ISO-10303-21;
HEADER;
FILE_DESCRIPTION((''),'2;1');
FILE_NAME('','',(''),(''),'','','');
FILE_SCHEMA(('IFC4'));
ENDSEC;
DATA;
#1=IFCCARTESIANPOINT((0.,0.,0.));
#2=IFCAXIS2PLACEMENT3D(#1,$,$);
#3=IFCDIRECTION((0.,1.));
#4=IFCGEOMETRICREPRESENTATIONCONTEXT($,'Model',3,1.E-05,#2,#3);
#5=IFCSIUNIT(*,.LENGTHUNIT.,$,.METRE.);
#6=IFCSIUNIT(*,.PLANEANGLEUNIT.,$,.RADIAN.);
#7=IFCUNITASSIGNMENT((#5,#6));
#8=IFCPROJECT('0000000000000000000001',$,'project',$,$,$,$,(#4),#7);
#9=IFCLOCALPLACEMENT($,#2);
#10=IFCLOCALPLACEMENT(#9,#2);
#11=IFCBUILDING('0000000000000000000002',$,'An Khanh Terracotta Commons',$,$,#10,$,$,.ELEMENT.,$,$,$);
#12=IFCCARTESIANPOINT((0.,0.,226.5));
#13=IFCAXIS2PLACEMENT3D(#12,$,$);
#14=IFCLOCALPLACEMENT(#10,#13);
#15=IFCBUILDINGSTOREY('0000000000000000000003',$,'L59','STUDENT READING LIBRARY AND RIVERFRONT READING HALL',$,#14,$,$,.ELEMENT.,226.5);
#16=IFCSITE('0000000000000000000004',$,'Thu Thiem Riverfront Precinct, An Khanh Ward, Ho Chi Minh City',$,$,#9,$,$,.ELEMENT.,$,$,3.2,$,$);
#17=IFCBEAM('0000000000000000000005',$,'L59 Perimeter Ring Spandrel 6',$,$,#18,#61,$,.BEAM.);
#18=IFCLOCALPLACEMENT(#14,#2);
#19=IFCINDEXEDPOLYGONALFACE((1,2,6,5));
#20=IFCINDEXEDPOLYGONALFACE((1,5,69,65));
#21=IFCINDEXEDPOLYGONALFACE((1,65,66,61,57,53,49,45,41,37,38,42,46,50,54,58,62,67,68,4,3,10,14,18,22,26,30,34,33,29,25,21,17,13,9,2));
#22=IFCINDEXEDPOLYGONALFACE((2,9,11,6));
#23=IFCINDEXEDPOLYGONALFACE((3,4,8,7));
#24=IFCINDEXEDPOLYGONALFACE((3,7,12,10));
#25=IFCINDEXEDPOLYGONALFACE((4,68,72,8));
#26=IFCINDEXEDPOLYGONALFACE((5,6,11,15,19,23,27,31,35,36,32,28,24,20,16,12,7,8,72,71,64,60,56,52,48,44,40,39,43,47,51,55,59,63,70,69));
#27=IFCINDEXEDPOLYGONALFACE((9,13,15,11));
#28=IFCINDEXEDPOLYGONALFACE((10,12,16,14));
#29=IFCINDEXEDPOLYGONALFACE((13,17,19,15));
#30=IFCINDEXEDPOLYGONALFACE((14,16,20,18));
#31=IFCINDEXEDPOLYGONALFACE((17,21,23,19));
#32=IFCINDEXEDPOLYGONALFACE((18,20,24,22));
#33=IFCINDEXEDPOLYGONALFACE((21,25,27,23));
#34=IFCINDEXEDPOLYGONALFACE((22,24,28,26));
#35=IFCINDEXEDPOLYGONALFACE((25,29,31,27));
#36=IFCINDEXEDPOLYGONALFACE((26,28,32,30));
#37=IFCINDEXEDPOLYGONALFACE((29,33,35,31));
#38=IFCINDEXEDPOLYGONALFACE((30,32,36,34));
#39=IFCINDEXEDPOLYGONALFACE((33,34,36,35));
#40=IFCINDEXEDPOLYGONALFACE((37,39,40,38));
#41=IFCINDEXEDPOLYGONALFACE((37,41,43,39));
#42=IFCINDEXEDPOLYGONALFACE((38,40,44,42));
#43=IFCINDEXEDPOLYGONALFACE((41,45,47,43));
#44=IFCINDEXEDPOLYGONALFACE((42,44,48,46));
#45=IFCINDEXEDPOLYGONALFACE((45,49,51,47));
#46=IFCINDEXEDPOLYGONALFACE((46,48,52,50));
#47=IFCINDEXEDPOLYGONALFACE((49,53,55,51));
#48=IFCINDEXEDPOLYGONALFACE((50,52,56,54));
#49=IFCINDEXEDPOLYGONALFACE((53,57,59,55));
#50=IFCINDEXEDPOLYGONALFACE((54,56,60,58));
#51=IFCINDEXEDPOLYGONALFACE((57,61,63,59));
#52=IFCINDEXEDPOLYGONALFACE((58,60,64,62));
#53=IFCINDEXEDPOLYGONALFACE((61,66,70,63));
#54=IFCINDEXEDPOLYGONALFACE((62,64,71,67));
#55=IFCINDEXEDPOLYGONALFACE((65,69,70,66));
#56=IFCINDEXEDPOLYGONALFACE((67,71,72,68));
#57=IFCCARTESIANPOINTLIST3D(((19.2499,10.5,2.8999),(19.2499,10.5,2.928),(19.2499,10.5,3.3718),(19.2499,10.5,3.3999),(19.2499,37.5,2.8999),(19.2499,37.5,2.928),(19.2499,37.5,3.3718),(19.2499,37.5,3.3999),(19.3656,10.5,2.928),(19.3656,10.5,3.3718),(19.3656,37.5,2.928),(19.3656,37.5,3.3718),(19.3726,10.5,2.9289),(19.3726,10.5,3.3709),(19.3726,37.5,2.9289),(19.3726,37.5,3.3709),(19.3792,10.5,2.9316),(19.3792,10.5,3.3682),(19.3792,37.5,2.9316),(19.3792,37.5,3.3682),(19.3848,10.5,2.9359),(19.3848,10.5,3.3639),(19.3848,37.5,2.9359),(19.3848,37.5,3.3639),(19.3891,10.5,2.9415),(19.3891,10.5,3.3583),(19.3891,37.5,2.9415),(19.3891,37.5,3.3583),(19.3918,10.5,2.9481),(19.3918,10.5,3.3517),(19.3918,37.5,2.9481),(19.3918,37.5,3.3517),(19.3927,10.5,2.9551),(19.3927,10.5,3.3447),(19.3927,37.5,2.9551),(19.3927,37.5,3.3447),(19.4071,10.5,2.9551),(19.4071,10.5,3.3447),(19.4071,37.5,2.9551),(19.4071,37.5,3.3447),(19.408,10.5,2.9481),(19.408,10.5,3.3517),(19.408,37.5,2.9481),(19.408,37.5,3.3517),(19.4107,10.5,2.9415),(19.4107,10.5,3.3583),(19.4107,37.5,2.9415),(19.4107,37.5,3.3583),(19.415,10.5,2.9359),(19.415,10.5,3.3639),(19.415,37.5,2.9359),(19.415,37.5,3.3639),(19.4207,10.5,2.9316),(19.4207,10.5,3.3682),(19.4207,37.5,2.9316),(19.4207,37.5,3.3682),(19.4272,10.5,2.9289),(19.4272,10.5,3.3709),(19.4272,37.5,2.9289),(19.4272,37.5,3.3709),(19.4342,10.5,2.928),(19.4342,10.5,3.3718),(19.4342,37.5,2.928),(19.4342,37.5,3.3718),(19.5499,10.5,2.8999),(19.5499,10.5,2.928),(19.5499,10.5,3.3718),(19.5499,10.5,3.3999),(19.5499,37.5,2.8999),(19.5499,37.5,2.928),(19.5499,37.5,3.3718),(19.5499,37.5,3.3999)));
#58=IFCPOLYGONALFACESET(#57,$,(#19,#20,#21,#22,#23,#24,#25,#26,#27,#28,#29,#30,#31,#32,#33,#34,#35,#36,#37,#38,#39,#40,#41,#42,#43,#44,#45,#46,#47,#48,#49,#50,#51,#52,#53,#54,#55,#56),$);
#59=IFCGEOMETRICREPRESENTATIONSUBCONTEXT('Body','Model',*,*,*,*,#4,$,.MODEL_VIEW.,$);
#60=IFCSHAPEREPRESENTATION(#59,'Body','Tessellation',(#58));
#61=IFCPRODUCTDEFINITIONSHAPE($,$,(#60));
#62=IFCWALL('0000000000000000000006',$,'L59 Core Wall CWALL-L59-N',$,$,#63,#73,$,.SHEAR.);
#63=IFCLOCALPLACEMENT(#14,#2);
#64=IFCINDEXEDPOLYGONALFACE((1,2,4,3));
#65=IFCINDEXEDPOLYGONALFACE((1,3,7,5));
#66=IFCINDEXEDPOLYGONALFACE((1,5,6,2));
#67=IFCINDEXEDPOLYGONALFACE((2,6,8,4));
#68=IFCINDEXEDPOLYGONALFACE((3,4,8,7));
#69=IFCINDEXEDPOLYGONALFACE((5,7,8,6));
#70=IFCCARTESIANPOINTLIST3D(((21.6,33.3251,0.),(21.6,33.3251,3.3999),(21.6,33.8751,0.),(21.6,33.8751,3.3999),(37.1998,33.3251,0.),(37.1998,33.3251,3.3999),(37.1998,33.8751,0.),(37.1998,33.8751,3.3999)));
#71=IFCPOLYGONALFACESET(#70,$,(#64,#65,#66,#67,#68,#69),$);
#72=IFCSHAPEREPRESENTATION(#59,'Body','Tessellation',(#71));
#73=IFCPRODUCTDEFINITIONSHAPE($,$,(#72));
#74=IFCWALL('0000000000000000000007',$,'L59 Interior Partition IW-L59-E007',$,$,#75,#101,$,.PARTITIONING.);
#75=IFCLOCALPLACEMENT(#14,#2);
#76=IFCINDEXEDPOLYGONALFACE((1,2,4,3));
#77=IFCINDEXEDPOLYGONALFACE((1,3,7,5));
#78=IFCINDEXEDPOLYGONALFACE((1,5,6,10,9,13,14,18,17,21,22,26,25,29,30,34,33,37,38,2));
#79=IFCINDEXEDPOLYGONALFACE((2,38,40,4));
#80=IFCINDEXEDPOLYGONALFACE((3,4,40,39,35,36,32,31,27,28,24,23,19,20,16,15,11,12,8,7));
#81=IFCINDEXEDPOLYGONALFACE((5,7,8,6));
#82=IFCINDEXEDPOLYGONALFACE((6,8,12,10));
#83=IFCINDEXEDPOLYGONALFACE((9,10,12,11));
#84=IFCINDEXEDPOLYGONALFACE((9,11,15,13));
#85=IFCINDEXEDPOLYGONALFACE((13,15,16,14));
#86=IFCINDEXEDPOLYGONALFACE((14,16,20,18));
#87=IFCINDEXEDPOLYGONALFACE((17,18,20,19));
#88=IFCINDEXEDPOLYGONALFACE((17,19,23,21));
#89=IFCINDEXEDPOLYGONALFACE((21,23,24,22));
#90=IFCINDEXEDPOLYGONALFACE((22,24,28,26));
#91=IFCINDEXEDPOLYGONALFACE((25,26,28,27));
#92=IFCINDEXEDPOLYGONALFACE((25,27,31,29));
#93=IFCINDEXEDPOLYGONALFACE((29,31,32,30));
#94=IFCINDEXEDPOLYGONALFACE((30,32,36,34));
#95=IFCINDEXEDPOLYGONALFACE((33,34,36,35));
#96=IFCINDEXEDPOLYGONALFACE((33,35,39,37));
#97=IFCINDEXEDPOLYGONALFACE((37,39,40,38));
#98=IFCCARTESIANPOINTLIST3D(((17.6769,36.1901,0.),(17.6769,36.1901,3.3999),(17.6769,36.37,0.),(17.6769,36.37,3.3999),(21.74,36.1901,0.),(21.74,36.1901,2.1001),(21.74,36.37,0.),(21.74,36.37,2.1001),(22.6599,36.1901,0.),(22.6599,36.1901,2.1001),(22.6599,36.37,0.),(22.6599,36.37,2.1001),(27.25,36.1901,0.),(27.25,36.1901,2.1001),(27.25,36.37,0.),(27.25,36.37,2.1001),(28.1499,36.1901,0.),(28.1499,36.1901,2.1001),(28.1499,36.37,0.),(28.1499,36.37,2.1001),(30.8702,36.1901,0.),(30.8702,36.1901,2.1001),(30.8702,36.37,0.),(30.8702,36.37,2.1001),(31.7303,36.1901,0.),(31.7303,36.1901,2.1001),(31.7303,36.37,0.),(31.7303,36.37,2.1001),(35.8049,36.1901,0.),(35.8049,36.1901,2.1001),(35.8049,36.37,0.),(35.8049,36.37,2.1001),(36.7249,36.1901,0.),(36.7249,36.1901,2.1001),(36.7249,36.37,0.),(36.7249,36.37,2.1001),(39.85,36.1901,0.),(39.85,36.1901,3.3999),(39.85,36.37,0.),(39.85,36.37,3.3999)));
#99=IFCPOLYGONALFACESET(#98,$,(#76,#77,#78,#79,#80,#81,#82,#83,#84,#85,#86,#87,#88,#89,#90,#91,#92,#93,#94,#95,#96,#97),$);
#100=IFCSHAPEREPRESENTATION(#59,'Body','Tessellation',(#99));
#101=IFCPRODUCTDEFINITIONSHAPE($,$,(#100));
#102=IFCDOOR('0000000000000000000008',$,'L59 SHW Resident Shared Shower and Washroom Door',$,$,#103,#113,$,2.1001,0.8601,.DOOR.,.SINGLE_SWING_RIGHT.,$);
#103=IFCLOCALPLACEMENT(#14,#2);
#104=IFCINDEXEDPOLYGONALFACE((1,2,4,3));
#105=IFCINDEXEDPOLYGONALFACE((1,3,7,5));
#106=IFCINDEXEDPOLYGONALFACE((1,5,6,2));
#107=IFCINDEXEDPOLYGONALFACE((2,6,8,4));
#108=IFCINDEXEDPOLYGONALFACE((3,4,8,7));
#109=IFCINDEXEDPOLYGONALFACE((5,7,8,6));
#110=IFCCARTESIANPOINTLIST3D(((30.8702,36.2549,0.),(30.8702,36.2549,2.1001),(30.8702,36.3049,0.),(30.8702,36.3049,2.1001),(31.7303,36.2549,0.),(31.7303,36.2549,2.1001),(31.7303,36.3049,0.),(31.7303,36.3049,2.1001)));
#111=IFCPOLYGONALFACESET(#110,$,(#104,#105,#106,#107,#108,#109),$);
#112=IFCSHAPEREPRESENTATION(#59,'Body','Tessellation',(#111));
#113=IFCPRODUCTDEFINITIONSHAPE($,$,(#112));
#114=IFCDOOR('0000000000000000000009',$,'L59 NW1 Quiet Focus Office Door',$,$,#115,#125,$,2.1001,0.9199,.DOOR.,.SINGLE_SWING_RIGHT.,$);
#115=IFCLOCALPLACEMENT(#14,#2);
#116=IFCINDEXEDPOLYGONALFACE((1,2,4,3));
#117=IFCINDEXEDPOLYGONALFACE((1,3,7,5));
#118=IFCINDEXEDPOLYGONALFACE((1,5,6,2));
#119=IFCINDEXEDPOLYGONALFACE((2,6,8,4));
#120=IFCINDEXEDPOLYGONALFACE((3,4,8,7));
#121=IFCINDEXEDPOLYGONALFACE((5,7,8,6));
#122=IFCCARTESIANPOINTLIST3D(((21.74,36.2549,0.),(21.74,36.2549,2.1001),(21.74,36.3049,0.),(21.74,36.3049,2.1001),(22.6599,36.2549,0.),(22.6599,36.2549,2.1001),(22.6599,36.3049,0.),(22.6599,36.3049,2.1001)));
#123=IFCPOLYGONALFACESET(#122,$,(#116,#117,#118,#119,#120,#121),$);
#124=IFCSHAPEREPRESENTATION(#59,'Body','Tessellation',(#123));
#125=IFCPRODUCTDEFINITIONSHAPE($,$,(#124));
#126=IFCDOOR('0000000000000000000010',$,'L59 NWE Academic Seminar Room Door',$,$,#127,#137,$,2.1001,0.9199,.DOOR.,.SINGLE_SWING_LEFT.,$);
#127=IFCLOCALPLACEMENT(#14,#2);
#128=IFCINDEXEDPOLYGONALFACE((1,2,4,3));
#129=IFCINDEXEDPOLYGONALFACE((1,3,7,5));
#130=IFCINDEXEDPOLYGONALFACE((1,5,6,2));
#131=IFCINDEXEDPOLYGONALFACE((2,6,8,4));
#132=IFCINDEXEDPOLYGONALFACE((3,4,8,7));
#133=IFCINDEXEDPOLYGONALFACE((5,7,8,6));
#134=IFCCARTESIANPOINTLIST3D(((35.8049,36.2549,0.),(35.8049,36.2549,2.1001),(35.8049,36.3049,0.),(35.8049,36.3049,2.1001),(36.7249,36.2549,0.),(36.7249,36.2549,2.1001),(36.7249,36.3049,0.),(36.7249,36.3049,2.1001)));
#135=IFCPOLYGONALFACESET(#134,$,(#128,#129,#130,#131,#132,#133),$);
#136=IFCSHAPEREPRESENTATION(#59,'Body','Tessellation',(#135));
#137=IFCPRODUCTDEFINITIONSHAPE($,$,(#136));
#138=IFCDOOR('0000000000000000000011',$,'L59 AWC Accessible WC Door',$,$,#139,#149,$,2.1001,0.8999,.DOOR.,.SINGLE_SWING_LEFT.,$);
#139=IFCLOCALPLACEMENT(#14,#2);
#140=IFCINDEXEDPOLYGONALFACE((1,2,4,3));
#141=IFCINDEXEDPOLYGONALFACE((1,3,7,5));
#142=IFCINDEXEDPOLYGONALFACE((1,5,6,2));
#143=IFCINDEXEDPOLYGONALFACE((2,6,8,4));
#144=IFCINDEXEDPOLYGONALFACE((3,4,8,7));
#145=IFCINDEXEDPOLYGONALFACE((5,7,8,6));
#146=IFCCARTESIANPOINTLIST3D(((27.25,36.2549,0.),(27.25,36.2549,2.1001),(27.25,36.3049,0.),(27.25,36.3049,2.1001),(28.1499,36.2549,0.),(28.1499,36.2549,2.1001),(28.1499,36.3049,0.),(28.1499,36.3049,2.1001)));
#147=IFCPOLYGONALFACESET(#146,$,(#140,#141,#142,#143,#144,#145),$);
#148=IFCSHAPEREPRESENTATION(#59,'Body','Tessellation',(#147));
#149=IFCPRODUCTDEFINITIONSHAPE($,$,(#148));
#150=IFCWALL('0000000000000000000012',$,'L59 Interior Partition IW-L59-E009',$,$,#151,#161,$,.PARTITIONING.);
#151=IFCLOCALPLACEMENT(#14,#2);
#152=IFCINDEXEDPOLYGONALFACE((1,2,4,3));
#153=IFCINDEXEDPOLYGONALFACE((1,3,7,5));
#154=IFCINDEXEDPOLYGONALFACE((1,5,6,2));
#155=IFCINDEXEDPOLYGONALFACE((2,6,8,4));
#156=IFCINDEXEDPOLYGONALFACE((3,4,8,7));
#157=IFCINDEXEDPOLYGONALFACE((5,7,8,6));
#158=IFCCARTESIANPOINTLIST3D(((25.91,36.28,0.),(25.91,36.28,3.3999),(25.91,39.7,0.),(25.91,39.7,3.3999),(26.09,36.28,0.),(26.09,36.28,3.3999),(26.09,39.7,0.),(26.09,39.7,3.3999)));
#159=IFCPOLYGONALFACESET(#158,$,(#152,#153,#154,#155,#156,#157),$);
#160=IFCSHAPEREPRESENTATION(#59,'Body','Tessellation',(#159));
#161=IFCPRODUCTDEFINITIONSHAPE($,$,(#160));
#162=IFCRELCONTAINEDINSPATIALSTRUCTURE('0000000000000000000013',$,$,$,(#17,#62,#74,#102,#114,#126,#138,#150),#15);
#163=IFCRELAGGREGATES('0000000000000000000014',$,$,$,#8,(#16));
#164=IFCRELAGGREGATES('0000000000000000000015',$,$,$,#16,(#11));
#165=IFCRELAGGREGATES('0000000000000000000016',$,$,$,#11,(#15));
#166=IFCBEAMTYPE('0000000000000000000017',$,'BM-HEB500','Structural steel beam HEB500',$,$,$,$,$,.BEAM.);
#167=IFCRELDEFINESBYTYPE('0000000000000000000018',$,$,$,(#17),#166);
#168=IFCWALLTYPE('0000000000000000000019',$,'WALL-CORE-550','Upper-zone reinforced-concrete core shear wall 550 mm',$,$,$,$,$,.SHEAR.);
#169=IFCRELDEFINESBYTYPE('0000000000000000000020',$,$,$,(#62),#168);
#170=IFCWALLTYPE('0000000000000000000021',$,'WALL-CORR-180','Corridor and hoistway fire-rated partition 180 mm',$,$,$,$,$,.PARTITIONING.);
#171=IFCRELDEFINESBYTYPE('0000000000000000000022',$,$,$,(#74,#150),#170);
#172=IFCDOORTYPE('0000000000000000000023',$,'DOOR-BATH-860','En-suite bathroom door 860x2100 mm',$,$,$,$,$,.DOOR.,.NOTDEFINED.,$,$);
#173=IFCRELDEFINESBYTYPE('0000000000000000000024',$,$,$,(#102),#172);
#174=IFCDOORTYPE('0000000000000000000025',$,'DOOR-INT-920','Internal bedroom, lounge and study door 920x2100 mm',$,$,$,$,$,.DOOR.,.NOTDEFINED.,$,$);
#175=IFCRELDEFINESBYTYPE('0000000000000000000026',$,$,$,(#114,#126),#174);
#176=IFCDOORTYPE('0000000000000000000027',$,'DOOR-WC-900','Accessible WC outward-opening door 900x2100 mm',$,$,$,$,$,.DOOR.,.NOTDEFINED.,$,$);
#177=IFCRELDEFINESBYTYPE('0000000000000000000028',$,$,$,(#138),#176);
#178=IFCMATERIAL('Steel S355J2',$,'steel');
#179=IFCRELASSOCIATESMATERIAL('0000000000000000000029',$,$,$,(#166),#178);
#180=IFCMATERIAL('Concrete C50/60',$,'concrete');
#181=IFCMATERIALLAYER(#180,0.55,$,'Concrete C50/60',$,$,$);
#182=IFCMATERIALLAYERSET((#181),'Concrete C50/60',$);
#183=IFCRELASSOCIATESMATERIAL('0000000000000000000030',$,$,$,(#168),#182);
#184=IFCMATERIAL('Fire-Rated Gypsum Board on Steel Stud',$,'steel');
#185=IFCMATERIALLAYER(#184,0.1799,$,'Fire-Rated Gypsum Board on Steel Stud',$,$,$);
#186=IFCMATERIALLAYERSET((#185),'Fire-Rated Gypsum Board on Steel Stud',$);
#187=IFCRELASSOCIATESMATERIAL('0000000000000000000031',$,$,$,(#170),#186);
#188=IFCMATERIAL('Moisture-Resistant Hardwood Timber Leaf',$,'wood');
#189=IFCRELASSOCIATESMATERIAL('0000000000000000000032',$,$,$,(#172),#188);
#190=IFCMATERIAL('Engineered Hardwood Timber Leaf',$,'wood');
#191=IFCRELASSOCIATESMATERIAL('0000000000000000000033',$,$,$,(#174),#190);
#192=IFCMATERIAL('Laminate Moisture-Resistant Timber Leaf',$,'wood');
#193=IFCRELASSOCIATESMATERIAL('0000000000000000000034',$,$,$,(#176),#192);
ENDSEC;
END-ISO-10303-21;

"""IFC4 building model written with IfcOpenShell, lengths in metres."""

from ifc_helpers import new_model, si_unit, direction, frame, frame_2d, origin, origin_2d, place, context, subcontext, project, spatial, rectangle, i_section, extrude, material, layer, layer_set, material_profile, profile_set, type_object, element, fill, save


model = new_model("IFC4")

# Units and contexts
model_context = context("Model", 3, precision=1e-05, world=origin(), true_north=direction((0.0, 1.0)))
body_context = subcontext(model_context, "Body", "Model", "MODEL_VIEW")
ifc_project = project(units=[si_unit("LENGTHUNIT", "METRE"), si_unit("PLANEANGLEUNIT", "RADIAN")], contexts=[model_context])

# Site, building, storey
site_placement = place(None, origin())
site = spatial("IfcSite", under=ifc_project, at=site_placement, Name="Thu Thiem Riverfront Precinct, An Khanh Ward, Ho Chi Minh City", CompositionType="ELEMENT", RefElevation=3.2)
building_placement = place(site_placement, origin())
building = spatial("IfcBuilding", under=site, at=building_placement, Name="An Khanh Terracotta Commons", CompositionType="ELEMENT")
storey_placement = place(building_placement, frame((0.0, 0.0, 226.5)))
storey = spatial("IfcBuildingStorey", under=building, at=storey_placement, Name="L59", Description="STUDENT READING LIBRARY AND RIVERFRONT READING HALL", CompositionType="ELEMENT", Elevation=226.5)

# Beam
ifc_material_1 = material(Name="Steel S355J2", Category="steel")
ifc_material_profile_1 = material_profile(ifc_material_1, i_section(OverallWidth=0.3, OverallDepth=0.5, WebThickness=0.0144, FlangeThickness=0.0281, FilletRadius=0.0271, at=origin_2d()), Name="HEB500")
ifc_profile_set_1 = profile_set([ifc_material_profile_1], Name="Steel S355J2")
beam_type_1 = type_object("IfcBeamType", Name="BM-HEB500", Description="Structural steel beam HEB500", PredefinedType="BEAM", material=ifc_profile_set_1)
beam_1_placement = place(storey_placement, frame((19.3999, 37.5, 3.1499), z_axis=(0.0, -1.0, 0.0), x_axis=(1.0, 0.0, 0.0)))
element("IfcBeam", 1, at=beam_1_placement, inside=storey, type_object=beam_type_1, Name="L59 Perimeter Ring Spandrel 6", PredefinedType="BEAM", context=body_context, shape_type="SweptSolid", body=[
    extrude(i_section(OverallWidth=0.3, OverallDepth=0.5, WebThickness=0.0144, FlangeThickness=0.0281, FilletRadius=0.0271, at=origin_2d()), origin(), (0.0, 0.0, 1.0), 27.0),
])

# Wall
ifc_material_2 = material(Name="Concrete C50/60", Category="concrete")
ifc_layer_1 = layer(ifc_material_2, 0.55, Name="Concrete C50/60")
ifc_layer_set_1 = layer_set([ifc_layer_1], Name="Concrete C50/60")
wall_type_1 = type_object("IfcWallType", Name="WALL-CORE-550", Description="Upper-zone reinforced-concrete core shear wall 550 mm", PredefinedType="SHEAR", material=ifc_layer_set_1)
wall_1_placement = place(storey_placement, frame((21.6001, 33.6001, 0.0), z_axis=(0.0, 0.0, 1.0), x_axis=(1.0, 0.0, 0.0)))
element("IfcWall", 2, at=wall_1_placement, inside=storey, type_object=wall_type_1, Name="L59 Core Wall CWALL-L59-N", PredefinedType="SHEAR", context=body_context, shape_type="SweptSolid", body=[
    extrude(rectangle(XDim=15.5999, YDim=0.55, at=frame_2d((7.7998, 0.0))), origin(), (0.0, 0.0, 1.0), 3.3999),
])

# Wall, openings, doors
ifc_material_3 = material(Name="Fire-Rated Gypsum Board on Steel Stud", Category="steel")
ifc_layer_2 = layer(ifc_material_3, 0.1799, Name="Fire-Rated Gypsum Board on Steel Stud")
ifc_layer_set_2 = layer_set([ifc_layer_2], Name="Fire-Rated Gypsum Board on Steel Stud")
wall_type_2 = type_object("IfcWallType", Name="WALL-CORR-180", Description="Corridor and hoistway fire-rated partition 180 mm", PredefinedType="PARTITIONING", material=ifc_layer_set_2)
wall_2_placement = place(storey_placement, frame((17.677, 36.28, 0.0), z_axis=(0.0, 0.0, 1.0), x_axis=(1.0, 0.0, 0.0)))
wall_2 = element("IfcWall", 3, at=wall_2_placement, inside=storey, type_object=wall_type_2, Name="L59 Interior Partition IW-L59-E007", PredefinedType="PARTITIONING", context=body_context, shape_type="SweptSolid", body=[
    extrude(rectangle(XDim=22.1731, YDim=0.1799, at=frame_2d((11.0864, 0.0))), origin(), (0.0, 0.0, 1.0), 3.3999),
])
opening_1_placement = place(wall_2_placement, frame((9.573, 0.0, 0.0)))
opening_1 = element("IfcOpeningElement", 4, at=opening_1_placement, cuts=wall_2, PredefinedType="OPENING", context=body_context, shape_type="SweptSolid", body=[
    extrude(rectangle(XDim=0.8999, YDim=2.1001, at=frame_2d((0.45, 1.05))), frame((0.0, 0.0999, 0.0), z_axis=(0.0, -1.0, 0.0), x_axis=(1.0, 0.0, 0.0)), (0.0, 0.0, 1.0), 0.2),
])
opening_2_placement = place(wall_2_placement, frame((13.1931, 0.0, 0.0)))
opening_2 = element("IfcOpeningElement", 5, at=opening_2_placement, cuts=wall_2, PredefinedType="OPENING", context=body_context, shape_type="SweptSolid", body=[
    extrude(rectangle(XDim=0.8601, YDim=2.1001, at=frame_2d((0.4302, 1.05))), frame((0.0, 0.0999, 0.0), z_axis=(0.0, -1.0, 0.0), x_axis=(1.0, 0.0, 0.0)), (0.0, 0.0, 1.0), 0.2),
])
opening_3_placement = place(wall_2_placement, frame((4.063, 0.0, 0.0)))
opening_3 = element("IfcOpeningElement", 6, at=opening_3_placement, cuts=wall_2, PredefinedType="OPENING", context=body_context, shape_type="SweptSolid", body=[
    extrude(rectangle(XDim=0.9199, YDim=2.1001, at=frame_2d((0.46, 1.05))), frame((0.0, 0.0999, 0.0), z_axis=(0.0, -1.0, 0.0), x_axis=(1.0, 0.0, 0.0)), (0.0, 0.0, 1.0), 0.2),
])
opening_4_placement = place(wall_2_placement, frame((18.1279, 0.0, 0.0)))
opening_4 = element("IfcOpeningElement", 7, at=opening_4_placement, cuts=wall_2, PredefinedType="OPENING", context=body_context, shape_type="SweptSolid", body=[
    extrude(rectangle(XDim=0.9199, YDim=2.1001, at=frame_2d((0.46, 1.05))), frame((0.0, 0.0999, 0.0), z_axis=(0.0, -1.0, 0.0), x_axis=(1.0, 0.0, 0.0)), (0.0, 0.0, 1.0), 0.2),
])
ifc_material_4 = material(Name="Moisture-Resistant Hardwood Timber Leaf", Category="wood")
door_type_1 = type_object("IfcDoorType", Name="DOOR-BATH-860", Description="En-suite bathroom door 860x2100 mm", OperationType="NOTDEFINED", PredefinedType="DOOR", material=ifc_material_4)
door_1_placement = place(opening_2_placement, origin())
door_1 = element("IfcDoor", 8, at=door_1_placement, inside=storey, type_object=door_type_1, Name="L59 SHW Resident Shared Shower and Washroom Door", OperationType="SINGLE_SWING_RIGHT", OverallHeight=2.1001, OverallWidth=0.8601, PredefinedType="DOOR", context=body_context, shape_type="SweptSolid", body=[
    extrude(rectangle(XDim=0.8601, YDim=2.1001, at=frame_2d((0.4302, 1.05))), frame((0.0, 0.0249, 0.0), z_axis=(0.0, -1.0, 0.0), x_axis=(1.0, 0.0, 0.0)), (0.0, 0.0, 1.0), 0.05),
])
fill(opening_2, door_1)
ifc_material_5 = material(Name="Engineered Hardwood Timber Leaf", Category="wood")
door_type_2 = type_object("IfcDoorType", Name="DOOR-INT-920", Description="Internal bedroom, lounge and study door 920x2100 mm", OperationType="NOTDEFINED", PredefinedType="DOOR", material=ifc_material_5)
door_2_placement = place(opening_3_placement, origin())
door_2 = element("IfcDoor", 9, at=door_2_placement, inside=storey, type_object=door_type_2, Name="L59 NW1 Quiet Focus Office Door", OperationType="SINGLE_SWING_RIGHT", OverallHeight=2.1001, OverallWidth=0.9199, PredefinedType="DOOR", context=body_context, shape_type="SweptSolid", body=[
    extrude(rectangle(XDim=0.9199, YDim=2.1001, at=frame_2d((0.46, 1.05))), frame((0.0, 0.0249, 0.0), z_axis=(0.0, -1.0, 0.0), x_axis=(1.0, 0.0, 0.0)), (0.0, 0.0, 1.0), 0.05),
])
fill(opening_3, door_2)
door_3_placement = place(opening_4_placement, origin())
door_3 = element("IfcDoor", 10, at=door_3_placement, inside=storey, type_object=door_type_2, Name="L59 NWE Academic Seminar Room Door", OperationType="SINGLE_SWING_LEFT", OverallHeight=2.1001, OverallWidth=0.9199, PredefinedType="DOOR", context=body_context, shape_type="SweptSolid", body=[
    extrude(rectangle(XDim=0.9199, YDim=2.1001, at=frame_2d((0.46, 1.05))), frame((0.0, 0.0249, 0.0), z_axis=(0.0, -1.0, 0.0), x_axis=(1.0, 0.0, 0.0)), (0.0, 0.0, 1.0), 0.05),
])
fill(opening_4, door_3)
ifc_material_6 = material(Name="Laminate Moisture-Resistant Timber Leaf", Category="wood")
door_type_3 = type_object("IfcDoorType", Name="DOOR-WC-900", Description="Accessible WC outward-opening door 900x2100 mm", OperationType="NOTDEFINED", PredefinedType="DOOR", material=ifc_material_6)
door_4_placement = place(opening_1_placement, origin())
door_4 = element("IfcDoor", 11, at=door_4_placement, inside=storey, type_object=door_type_3, Name="L59 AWC Accessible WC Door", OperationType="SINGLE_SWING_LEFT", OverallHeight=2.1001, OverallWidth=0.8999, PredefinedType="DOOR", context=body_context, shape_type="SweptSolid", body=[
    extrude(rectangle(XDim=0.8999, YDim=2.1001, at=frame_2d((0.45, 1.05))), frame((0.0, 0.0249, 0.0), z_axis=(0.0, -1.0, 0.0), x_axis=(1.0, 0.0, 0.0)), (0.0, 0.0, 1.0), 0.05),
])
fill(opening_1, door_4)

# Wall
wall_3_placement = place(storey_placement, frame((26.0, 36.28, 0.0), z_axis=(0.0, 0.0, 1.0), x_axis=(0.0, 1.0, 0.0)))
element("IfcWall", 12, at=wall_3_placement, inside=storey, type_object=wall_type_2, Name="L59 Interior Partition IW-L59-E009", PredefinedType="PARTITIONING", context=body_context, shape_type="SweptSolid", body=[
    extrude(rectangle(XDim=3.4199, YDim=0.1799, at=frame_2d((1.71, 0.0))), origin(), (0.0, 0.0, 1.0), 3.3999),
])

save(model, "model.ifc")
